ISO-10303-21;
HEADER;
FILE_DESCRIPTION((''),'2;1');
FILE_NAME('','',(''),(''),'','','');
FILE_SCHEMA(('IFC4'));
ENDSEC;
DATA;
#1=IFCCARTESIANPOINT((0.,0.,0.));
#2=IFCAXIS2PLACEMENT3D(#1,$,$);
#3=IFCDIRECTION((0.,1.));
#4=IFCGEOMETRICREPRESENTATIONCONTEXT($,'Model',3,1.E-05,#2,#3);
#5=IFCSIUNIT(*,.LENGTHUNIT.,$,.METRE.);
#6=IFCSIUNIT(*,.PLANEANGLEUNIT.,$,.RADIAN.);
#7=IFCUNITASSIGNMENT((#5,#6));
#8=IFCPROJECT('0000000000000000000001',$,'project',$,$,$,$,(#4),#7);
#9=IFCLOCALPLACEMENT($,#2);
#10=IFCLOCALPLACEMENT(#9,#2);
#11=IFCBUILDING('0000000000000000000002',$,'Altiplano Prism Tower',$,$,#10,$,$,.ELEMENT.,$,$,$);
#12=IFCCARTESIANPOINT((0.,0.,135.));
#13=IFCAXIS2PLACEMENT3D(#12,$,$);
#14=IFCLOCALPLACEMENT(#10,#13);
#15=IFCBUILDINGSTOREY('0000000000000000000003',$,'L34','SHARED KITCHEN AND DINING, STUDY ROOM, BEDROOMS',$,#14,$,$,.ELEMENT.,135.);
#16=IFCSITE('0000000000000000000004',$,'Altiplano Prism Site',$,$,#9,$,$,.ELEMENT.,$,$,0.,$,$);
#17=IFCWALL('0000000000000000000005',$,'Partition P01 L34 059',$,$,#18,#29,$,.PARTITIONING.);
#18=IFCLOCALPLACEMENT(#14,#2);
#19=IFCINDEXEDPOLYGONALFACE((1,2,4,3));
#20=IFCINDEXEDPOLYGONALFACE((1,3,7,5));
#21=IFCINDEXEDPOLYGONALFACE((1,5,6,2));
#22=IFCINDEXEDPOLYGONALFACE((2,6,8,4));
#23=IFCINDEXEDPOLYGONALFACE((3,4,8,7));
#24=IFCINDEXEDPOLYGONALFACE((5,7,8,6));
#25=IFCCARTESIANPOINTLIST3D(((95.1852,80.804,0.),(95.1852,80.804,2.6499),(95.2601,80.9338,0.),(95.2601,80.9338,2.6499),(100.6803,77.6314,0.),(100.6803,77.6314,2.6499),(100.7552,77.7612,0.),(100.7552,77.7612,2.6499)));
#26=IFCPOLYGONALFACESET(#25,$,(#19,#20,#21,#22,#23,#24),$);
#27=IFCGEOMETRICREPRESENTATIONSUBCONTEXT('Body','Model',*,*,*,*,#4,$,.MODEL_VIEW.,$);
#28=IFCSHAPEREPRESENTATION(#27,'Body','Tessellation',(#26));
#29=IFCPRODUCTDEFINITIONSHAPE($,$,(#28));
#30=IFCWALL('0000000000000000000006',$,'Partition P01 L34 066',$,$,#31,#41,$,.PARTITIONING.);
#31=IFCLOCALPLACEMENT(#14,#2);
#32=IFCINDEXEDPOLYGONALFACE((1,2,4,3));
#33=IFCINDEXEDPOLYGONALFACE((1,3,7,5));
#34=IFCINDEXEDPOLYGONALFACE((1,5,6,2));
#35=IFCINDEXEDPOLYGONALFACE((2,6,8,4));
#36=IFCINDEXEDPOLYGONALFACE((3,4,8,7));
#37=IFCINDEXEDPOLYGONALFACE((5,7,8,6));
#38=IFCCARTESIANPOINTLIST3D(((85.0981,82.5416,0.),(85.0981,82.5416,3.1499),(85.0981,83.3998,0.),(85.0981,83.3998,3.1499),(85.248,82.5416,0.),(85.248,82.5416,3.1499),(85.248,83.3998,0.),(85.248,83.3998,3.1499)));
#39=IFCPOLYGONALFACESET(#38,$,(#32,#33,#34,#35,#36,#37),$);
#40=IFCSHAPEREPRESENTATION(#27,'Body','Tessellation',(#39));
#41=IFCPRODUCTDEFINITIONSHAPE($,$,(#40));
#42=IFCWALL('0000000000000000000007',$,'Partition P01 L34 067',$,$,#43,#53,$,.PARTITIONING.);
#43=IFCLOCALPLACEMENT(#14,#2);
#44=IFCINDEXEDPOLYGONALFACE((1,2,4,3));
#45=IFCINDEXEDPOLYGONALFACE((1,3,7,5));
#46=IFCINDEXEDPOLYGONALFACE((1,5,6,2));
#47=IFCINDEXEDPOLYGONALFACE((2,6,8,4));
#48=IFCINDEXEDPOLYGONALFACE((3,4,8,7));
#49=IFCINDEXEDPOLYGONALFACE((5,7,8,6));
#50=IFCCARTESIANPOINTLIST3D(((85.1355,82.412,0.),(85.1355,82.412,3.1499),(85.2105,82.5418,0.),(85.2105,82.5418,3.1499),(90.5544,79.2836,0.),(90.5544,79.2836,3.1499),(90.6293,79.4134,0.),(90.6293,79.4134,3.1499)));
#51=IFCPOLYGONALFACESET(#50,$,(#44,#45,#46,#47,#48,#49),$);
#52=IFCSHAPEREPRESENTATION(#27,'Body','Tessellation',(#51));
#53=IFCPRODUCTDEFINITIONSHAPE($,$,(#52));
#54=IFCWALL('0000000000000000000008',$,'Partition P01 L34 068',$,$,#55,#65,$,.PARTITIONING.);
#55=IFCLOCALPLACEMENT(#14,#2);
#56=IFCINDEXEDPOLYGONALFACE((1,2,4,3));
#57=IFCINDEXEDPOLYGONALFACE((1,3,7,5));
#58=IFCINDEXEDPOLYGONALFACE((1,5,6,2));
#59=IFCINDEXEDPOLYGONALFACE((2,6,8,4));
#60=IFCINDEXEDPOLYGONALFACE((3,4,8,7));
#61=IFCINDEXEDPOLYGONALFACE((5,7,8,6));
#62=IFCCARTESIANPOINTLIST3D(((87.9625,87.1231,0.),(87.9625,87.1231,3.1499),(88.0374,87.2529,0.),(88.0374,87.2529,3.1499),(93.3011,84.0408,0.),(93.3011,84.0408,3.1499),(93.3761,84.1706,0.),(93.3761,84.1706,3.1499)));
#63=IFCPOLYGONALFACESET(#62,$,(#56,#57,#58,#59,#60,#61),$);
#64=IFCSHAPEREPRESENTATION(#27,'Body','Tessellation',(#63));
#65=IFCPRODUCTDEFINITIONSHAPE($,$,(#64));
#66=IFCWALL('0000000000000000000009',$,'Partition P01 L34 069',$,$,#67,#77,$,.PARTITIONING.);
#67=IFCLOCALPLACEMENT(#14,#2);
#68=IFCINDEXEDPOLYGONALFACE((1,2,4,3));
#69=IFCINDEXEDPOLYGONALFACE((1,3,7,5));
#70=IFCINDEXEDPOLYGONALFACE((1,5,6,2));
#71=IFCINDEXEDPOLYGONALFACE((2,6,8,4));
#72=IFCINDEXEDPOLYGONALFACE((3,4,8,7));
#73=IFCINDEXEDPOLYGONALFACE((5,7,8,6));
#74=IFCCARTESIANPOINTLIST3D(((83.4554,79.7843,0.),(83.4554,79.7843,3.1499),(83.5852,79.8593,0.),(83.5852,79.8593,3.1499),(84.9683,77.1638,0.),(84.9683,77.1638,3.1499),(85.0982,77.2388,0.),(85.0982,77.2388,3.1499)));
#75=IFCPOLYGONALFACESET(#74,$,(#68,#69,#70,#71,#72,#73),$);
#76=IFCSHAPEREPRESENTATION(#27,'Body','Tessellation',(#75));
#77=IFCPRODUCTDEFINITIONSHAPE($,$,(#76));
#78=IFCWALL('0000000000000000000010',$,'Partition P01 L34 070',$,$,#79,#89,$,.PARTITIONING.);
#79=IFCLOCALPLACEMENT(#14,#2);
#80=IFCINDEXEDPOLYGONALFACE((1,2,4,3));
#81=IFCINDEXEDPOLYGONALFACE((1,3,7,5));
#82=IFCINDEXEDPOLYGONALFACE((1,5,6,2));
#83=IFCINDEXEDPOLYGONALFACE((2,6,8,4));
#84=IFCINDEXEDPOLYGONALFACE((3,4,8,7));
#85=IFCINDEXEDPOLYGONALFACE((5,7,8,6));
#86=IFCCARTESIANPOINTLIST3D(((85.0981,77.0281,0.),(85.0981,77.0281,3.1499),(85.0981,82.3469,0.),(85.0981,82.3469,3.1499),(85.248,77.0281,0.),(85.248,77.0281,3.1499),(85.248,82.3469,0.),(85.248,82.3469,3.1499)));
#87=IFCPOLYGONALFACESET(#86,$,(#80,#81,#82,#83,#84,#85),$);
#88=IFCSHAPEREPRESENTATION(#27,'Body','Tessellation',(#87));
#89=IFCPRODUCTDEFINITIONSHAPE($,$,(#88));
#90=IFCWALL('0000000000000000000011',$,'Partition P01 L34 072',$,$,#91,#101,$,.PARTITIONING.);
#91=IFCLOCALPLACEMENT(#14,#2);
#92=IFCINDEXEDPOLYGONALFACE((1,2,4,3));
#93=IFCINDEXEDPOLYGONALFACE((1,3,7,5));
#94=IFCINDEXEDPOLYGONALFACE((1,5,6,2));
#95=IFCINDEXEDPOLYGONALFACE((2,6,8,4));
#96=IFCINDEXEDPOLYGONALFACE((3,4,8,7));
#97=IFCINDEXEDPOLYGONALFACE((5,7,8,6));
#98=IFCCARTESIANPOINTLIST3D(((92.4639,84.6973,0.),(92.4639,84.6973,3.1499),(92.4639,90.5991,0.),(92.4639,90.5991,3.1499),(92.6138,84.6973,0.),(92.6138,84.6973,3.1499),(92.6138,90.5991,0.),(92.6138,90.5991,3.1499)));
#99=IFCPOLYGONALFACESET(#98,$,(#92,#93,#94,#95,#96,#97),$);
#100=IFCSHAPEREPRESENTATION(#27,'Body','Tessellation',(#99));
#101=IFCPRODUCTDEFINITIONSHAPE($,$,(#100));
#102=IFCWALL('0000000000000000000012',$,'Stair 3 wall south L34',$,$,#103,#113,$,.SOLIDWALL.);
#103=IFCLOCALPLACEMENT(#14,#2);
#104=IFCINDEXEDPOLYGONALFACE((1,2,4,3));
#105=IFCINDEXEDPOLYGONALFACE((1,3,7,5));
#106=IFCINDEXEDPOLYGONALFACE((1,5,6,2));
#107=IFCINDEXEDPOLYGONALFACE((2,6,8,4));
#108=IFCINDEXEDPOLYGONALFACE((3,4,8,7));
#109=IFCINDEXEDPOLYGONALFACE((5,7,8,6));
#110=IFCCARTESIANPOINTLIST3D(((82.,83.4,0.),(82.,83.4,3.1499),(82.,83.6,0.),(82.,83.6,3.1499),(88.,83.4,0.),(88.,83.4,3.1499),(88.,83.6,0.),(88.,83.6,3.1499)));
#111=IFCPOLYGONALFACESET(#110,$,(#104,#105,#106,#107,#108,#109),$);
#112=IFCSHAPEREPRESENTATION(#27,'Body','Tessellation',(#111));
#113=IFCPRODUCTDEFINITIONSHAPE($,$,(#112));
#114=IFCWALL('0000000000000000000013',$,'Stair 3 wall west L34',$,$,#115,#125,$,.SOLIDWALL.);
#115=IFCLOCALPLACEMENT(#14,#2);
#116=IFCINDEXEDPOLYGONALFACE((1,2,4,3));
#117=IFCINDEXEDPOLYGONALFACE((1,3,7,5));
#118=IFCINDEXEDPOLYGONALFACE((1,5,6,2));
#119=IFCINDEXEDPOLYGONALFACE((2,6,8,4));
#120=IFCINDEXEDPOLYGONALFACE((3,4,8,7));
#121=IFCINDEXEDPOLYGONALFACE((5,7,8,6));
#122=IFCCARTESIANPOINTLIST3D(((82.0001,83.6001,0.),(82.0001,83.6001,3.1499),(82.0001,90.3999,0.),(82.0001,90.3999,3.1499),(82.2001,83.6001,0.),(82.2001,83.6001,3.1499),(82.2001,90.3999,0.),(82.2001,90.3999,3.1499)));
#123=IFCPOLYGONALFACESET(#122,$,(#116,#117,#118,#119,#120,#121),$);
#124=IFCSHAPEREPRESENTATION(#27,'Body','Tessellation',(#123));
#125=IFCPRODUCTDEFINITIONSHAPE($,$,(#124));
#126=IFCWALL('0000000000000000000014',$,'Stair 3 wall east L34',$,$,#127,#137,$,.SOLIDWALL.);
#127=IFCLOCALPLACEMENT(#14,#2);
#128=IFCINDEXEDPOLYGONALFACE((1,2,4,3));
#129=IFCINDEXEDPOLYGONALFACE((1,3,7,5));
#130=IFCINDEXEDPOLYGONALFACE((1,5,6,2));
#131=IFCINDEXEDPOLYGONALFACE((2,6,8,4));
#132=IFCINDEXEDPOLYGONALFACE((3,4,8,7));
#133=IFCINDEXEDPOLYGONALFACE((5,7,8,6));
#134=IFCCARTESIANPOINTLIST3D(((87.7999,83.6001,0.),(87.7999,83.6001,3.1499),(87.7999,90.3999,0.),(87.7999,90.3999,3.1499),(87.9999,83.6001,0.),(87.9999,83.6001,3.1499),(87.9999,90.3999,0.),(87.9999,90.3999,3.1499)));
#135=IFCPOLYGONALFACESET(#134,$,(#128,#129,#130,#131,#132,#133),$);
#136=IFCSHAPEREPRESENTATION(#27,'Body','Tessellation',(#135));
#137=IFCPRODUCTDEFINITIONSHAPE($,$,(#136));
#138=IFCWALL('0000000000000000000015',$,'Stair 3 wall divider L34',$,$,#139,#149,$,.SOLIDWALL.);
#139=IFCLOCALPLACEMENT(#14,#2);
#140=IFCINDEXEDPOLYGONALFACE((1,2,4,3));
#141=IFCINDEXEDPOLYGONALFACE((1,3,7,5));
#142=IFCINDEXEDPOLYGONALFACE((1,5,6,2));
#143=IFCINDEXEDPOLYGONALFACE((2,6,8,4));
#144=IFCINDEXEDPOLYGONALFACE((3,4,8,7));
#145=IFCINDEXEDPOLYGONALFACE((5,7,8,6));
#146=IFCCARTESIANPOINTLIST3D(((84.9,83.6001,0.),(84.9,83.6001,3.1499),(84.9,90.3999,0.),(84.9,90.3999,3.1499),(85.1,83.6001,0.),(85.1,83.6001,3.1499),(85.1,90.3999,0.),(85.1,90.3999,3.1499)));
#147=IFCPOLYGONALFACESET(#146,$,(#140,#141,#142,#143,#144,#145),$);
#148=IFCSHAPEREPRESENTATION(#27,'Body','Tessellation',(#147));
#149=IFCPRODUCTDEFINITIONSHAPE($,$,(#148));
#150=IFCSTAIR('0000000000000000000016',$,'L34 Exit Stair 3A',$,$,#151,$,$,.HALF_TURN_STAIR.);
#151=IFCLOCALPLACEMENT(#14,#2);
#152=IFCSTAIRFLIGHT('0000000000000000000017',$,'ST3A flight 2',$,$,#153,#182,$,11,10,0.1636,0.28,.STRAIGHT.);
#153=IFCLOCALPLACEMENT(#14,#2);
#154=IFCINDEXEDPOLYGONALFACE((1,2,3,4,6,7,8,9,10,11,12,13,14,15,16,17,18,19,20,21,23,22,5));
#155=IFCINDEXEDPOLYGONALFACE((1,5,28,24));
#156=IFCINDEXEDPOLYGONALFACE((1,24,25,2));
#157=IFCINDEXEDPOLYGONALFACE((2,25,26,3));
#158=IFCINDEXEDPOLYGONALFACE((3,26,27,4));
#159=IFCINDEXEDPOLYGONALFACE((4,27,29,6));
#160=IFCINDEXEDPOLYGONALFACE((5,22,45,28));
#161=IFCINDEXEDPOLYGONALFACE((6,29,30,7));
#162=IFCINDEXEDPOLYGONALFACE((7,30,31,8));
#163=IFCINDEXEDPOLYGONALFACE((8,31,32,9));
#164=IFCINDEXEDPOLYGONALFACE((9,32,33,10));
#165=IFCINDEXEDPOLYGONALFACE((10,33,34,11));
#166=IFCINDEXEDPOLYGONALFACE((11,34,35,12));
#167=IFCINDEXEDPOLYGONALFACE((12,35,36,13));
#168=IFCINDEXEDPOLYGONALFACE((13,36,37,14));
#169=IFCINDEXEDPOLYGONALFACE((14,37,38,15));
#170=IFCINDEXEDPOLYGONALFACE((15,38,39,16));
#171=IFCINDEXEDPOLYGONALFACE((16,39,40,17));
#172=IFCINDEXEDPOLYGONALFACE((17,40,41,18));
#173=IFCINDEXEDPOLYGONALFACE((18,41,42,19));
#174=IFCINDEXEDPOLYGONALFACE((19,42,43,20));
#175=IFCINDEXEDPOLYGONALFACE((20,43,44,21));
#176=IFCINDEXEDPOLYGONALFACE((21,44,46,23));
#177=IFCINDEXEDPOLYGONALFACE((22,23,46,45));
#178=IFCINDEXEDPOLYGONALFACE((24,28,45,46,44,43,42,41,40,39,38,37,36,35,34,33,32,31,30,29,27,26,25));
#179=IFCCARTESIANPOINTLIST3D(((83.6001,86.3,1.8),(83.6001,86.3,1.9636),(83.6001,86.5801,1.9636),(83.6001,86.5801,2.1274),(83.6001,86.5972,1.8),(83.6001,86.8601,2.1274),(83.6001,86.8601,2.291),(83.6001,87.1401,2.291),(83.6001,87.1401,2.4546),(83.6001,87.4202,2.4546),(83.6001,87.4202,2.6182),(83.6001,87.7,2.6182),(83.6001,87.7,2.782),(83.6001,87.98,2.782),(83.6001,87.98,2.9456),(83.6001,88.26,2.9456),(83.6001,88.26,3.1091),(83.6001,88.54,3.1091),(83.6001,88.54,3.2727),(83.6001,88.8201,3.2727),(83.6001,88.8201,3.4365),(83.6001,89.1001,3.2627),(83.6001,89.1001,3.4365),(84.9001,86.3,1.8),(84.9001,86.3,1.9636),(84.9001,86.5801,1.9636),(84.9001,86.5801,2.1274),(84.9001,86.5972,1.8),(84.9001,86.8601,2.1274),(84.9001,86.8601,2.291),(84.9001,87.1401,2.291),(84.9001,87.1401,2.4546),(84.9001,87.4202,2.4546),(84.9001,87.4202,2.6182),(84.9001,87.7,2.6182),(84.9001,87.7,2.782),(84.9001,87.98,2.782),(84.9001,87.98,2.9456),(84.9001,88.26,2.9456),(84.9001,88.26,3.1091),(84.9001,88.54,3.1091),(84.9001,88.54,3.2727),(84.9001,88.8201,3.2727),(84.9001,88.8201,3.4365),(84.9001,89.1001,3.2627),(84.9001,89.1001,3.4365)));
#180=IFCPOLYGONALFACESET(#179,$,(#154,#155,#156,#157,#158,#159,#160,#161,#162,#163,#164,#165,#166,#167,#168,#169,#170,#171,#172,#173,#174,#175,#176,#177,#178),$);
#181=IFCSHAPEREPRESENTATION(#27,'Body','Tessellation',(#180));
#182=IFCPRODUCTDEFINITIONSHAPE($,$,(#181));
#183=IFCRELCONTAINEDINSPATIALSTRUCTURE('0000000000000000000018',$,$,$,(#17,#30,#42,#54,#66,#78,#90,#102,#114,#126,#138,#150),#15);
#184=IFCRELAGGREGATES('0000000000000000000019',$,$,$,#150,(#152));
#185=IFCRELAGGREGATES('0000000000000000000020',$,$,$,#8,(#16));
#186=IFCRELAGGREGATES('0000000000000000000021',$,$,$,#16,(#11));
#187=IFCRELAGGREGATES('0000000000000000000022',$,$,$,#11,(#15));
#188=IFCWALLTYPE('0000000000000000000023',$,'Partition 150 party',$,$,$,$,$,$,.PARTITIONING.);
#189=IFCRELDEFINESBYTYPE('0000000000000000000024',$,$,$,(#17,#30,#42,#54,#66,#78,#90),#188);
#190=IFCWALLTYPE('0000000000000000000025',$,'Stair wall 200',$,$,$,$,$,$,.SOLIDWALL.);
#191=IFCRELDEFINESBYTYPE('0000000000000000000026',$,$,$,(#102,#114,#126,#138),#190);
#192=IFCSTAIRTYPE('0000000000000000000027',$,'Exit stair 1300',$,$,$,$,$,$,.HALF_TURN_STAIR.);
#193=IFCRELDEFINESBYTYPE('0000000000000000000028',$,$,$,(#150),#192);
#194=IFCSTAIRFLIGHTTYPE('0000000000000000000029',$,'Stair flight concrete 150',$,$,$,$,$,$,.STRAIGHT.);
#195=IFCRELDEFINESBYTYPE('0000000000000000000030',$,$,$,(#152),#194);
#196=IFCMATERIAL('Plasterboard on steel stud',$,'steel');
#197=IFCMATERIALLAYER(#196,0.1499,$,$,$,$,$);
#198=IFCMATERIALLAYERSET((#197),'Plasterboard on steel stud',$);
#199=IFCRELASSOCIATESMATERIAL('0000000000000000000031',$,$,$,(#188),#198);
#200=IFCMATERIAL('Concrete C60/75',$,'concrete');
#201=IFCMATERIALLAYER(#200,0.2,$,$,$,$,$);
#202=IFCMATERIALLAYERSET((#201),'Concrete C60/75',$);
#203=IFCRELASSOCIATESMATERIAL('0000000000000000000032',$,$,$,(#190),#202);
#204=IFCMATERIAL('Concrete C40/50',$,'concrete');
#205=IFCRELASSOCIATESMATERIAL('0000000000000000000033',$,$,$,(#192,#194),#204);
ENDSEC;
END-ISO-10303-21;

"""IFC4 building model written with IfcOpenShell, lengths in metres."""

from ifc_helpers import new_model, si_unit, direction, frame, frame_2d, origin, place, context, subcontext, project, spatial, polyline, rectangle, outline, extrude, material, layer, layer_set, type_object, element, aggregate, save


model = new_model("IFC4")

# Units and contexts
model_context = context("Model", 3, precision=1e-05, world=origin(), true_north=direction((0.0, 1.0)))
body_context = subcontext(model_context, "Body", "Model", "MODEL_VIEW")
ifc_project = project(units=[si_unit("LENGTHUNIT", "METRE"), si_unit("PLANEANGLEUNIT", "RADIAN")], contexts=[model_context])

# Site, building, storey
site_placement = place(None, origin())
site = spatial("IfcSite", under=ifc_project, at=site_placement, Name="Altiplano Prism Site", CompositionType="ELEMENT", RefElevation=0.0)
building_placement = place(site_placement, origin())
building = spatial("IfcBuilding", under=site, at=building_placement, Name="Altiplano Prism Tower", CompositionType="ELEMENT")
storey_placement = place(building_placement, frame((0.0, 0.0, 135.0)))
storey = spatial("IfcBuildingStorey", under=building, at=storey_placement, Name="L34", Description="SHARED KITCHEN AND DINING, STUDY ROOM, BEDROOMS", CompositionType="ELEMENT", Elevation=135.0)

# Shared definitions
ifc_material_1 = material(Name="Concrete C60/75", Category="concrete")

# Shared definitions
ifc_material_2 = material(Name="Plasterboard on steel stud", Category="steel")

# Walls
ifc_layer_1 = layer(ifc_material_2, 0.1499)
ifc_layer_set_1 = layer_set([ifc_layer_1], Name="Plasterboard on steel stud")
wall_type_1 = type_object("IfcWallType", Name="Partition 150 party", PredefinedType="PARTITIONING", material=ifc_layer_set_1)
wall_1_placement = place(storey_placement, frame((100.7178, 77.6963, 0.0), z_axis=(0.0, 0.0, 1.0), x_axis=(-0.866025, 0.5, 0.0)))
element("IfcWall", 1, at=wall_1_placement, inside=storey, type_object=wall_type_1, Name="Partition P01 L34 059", PredefinedType="PARTITIONING", context=body_context, shape_type="SweptSolid", body=[
    extrude(rectangle(XDim=6.3452, YDim=0.1499, at=frame_2d((3.1726, 0.0))), origin(), (0.0, 0.0, 1.0), 2.6499),
])
wall_2_placement = place(storey_placement, frame((85.1731, 83.3999, 0.0), z_axis=(0.0, 0.0, 1.0), x_axis=(0.0, -1.0, 0.0)))
element("IfcWall", 2, at=wall_2_placement, inside=storey, type_object=wall_type_1, Name="Partition P01 L34 066", PredefinedType="PARTITIONING", context=body_context, shape_type="SweptSolid", body=[
    extrude(rectangle(XDim=0.8582, YDim=0.1499, at=frame_2d((0.4292, 0.0))), origin(), (0.0, 0.0, 1.0), 3.1499),
])
wall_3_placement = place(storey_placement, frame((85.1731, 82.4768, 0.0), z_axis=(0.0, 0.0, 1.0), x_axis=(0.86604, -0.499975, 0.0)))
element("IfcWall", 3, at=wall_3_placement, inside=storey, type_object=wall_type_1, Name="Partition P01 L34 067", PredefinedType="PARTITIONING", context=body_context, shape_type="SweptSolid", body=[
    extrude(rectangle(XDim=6.2571, YDim=0.1499, at=frame_2d((3.1284, 0.0))), origin(), (0.0, 0.0, 1.0), 3.1499),
])
wall_4_placement = place(storey_placement, frame((93.3386, 84.1057, 0.0), z_axis=(0.0, 0.0, 1.0), x_axis=(-0.866024, 0.500002, 0.0)))
element("IfcWall", 4, at=wall_4_placement, inside=storey, type_object=wall_type_1, Name="Partition P01 L34 068", PredefinedType="PARTITIONING", context=body_context, shape_type="SweptSolid", body=[
    extrude(rectangle(XDim=6.1646, YDim=0.1499, at=frame_2d((3.0823, 0.0))), origin(), (0.0, 0.0, 1.0), 3.1499),
])
wall_5_placement = place(storey_placement, frame((83.5203, 79.8218, 0.0), z_axis=(0.0, 0.0, 1.0), x_axis=(0.500018, -0.866015, 0.0)))
element("IfcWall", 5, at=wall_5_placement, inside=storey, type_object=wall_type_1, Name="Partition P01 L34 069", PredefinedType="PARTITIONING", context=body_context, shape_type="SweptSolid", body=[
    extrude(rectangle(XDim=3.0259, YDim=0.1499, at=frame_2d((1.5129, 0.0))), origin(), (0.0, 0.0, 1.0), 3.1499),
])
wall_6_placement = place(storey_placement, frame((85.1731, 77.0281, 0.0), z_axis=(0.0, 0.0, 1.0), x_axis=(0.0, 1.0, 0.0)))
element("IfcWall", 6, at=wall_6_placement, inside=storey, type_object=wall_type_1, Name="Partition P01 L34 070", PredefinedType="PARTITIONING", context=body_context, shape_type="SweptSolid", body=[
    extrude(rectangle(XDim=5.3188, YDim=0.1499, at=frame_2d((2.6594, 0.0))), origin(), (0.0, 0.0, 1.0), 3.1499),
])
wall_7_placement = place(storey_placement, frame((92.5388, 84.6973, 0.0), z_axis=(0.0, 0.0, 1.0), x_axis=(0.0, 1.0, 0.0)))
element("IfcWall", 7, at=wall_7_placement, inside=storey, type_object=wall_type_1, Name="Partition P01 L34 072", PredefinedType="PARTITIONING", context=body_context, shape_type="SweptSolid", body=[
    extrude(rectangle(XDim=5.9019, YDim=0.1499, at=frame_2d((2.9509, 0.0))), origin(), (0.0, 0.0, 1.0), 3.1499),
])
ifc_layer_2 = layer(ifc_material_1, 0.2)
ifc_layer_set_2 = layer_set([ifc_layer_2], Name="Concrete C60/75")
wall_type_2 = type_object("IfcWallType", Name="Stair wall 200", PredefinedType="SOLIDWALL", material=ifc_layer_set_2)
wall_8_placement = place(storey_placement, frame((82.0, 83.5, 0.0), z_axis=(0.0, 0.0, 1.0), x_axis=(1.0, 0.0, 0.0)))
element("IfcWall", 8, at=wall_8_placement, inside=storey, type_object=wall_type_2, Name="Stair 3 wall south L34", PredefinedType="SOLIDWALL", context=body_context, shape_type="SweptSolid", body=[
    extrude(rectangle(XDim=6.0, YDim=0.2, at=frame_2d((3.0, 0.0))), origin(), (0.0, 0.0, 1.0), 3.1499),
])
for number, where, z_axis, x_axis, name in (
    (9, (82.1001, 83.6001, 0.0), (0.0, 0.0, 1.0), (0.0, 1.0, 0.0), "Stair 3 wall west L34"),
    (10, (87.8999, 83.6001, 0.0), (0.0, 0.0, 1.0), (0.0, 1.0, 0.0), "Stair 3 wall east L34"),
    (11, (85.0, 83.6001, 0.0), (0.0, 0.0, 1.0), (0.0, 1.0, 0.0), "Stair 3 wall divider L34"),
):
    element("IfcWall", number, at=place(storey_placement, frame(where, z_axis=z_axis, x_axis=x_axis)), inside=storey, type_object=wall_type_2, Name=name, PredefinedType="SOLIDWALL", context=body_context, shape_type="SweptSolid", body=[
        extrude(rectangle(XDim=6.7998, YDim=0.2, at=frame_2d((3.3999, 0.0))), origin(), (0.0, 0.0, 1.0), 3.1499),
    ])

# Stair, stair flight
ifc_material_3 = material(Name="Concrete C40/50", Category="concrete")
stair_type = type_object("IfcStairType", Name="Exit stair 1300", PredefinedType="HALF_TURN_STAIR", material=ifc_material_3)
stair_placement = place(storey_placement, origin())
stair = element("IfcStair", 12, at=stair_placement, inside=storey, type_object=stair_type, Name="L34 Exit Stair 3A", PredefinedType="HALF_TURN_STAIR")
stair_flight_type = type_object("IfcStairFlightType", Name="Stair flight concrete 150", PredefinedType="STRAIGHT", material=ifc_material_3)
stair_flight_placement = place(storey_placement, frame((84.25, 86.3, 1.8), z_axis=(0.0, 0.0, 1.0), x_axis=(0.0, 1.0, 0.0)))
stair_flight = element("IfcStairFlight", 13, at=stair_flight_placement, type_object=stair_flight_type, Name="ST3A flight 2", NumberOfRisers=11, NumberOfTreads=10, PredefinedType="STRAIGHT", RiserHeight=0.1636, TreadLength=0.28, context=body_context, shape_type="SweptSolid", body=[
    extrude(outline(polyline([(0.0, 0.0), (0.0, 0.1636), (0.28, 0.1636), (0.28, 0.3274), (0.5601, 0.3274), (0.5601, 0.491), (0.8401, 0.491), (0.8401, 0.6545), (1.1201, 0.6545), (1.1201, 0.8181), (1.3999, 0.8181), (1.3999, 0.9819), (1.6799, 0.9819), (1.6799, 1.1455), (1.96, 1.1455), (1.96, 1.3091), (2.24, 1.3091), (2.24, 1.4727), (2.52, 1.4727), (2.52, 1.6365), (2.8, 1.6365), (2.8, 1.8), (2.8, 1.4626), (0.2971, 0.0), (0.0, 0.0)])), frame((0.0, 0.6499, 0.0), z_axis=(0.0, -1.0, 0.0), x_axis=(1.0, 0.0, 0.0)), (0.0, 0.0, 1.0), 1.3),
])
aggregate(stair, [stair_flight])

save(model, "model.ifc")
